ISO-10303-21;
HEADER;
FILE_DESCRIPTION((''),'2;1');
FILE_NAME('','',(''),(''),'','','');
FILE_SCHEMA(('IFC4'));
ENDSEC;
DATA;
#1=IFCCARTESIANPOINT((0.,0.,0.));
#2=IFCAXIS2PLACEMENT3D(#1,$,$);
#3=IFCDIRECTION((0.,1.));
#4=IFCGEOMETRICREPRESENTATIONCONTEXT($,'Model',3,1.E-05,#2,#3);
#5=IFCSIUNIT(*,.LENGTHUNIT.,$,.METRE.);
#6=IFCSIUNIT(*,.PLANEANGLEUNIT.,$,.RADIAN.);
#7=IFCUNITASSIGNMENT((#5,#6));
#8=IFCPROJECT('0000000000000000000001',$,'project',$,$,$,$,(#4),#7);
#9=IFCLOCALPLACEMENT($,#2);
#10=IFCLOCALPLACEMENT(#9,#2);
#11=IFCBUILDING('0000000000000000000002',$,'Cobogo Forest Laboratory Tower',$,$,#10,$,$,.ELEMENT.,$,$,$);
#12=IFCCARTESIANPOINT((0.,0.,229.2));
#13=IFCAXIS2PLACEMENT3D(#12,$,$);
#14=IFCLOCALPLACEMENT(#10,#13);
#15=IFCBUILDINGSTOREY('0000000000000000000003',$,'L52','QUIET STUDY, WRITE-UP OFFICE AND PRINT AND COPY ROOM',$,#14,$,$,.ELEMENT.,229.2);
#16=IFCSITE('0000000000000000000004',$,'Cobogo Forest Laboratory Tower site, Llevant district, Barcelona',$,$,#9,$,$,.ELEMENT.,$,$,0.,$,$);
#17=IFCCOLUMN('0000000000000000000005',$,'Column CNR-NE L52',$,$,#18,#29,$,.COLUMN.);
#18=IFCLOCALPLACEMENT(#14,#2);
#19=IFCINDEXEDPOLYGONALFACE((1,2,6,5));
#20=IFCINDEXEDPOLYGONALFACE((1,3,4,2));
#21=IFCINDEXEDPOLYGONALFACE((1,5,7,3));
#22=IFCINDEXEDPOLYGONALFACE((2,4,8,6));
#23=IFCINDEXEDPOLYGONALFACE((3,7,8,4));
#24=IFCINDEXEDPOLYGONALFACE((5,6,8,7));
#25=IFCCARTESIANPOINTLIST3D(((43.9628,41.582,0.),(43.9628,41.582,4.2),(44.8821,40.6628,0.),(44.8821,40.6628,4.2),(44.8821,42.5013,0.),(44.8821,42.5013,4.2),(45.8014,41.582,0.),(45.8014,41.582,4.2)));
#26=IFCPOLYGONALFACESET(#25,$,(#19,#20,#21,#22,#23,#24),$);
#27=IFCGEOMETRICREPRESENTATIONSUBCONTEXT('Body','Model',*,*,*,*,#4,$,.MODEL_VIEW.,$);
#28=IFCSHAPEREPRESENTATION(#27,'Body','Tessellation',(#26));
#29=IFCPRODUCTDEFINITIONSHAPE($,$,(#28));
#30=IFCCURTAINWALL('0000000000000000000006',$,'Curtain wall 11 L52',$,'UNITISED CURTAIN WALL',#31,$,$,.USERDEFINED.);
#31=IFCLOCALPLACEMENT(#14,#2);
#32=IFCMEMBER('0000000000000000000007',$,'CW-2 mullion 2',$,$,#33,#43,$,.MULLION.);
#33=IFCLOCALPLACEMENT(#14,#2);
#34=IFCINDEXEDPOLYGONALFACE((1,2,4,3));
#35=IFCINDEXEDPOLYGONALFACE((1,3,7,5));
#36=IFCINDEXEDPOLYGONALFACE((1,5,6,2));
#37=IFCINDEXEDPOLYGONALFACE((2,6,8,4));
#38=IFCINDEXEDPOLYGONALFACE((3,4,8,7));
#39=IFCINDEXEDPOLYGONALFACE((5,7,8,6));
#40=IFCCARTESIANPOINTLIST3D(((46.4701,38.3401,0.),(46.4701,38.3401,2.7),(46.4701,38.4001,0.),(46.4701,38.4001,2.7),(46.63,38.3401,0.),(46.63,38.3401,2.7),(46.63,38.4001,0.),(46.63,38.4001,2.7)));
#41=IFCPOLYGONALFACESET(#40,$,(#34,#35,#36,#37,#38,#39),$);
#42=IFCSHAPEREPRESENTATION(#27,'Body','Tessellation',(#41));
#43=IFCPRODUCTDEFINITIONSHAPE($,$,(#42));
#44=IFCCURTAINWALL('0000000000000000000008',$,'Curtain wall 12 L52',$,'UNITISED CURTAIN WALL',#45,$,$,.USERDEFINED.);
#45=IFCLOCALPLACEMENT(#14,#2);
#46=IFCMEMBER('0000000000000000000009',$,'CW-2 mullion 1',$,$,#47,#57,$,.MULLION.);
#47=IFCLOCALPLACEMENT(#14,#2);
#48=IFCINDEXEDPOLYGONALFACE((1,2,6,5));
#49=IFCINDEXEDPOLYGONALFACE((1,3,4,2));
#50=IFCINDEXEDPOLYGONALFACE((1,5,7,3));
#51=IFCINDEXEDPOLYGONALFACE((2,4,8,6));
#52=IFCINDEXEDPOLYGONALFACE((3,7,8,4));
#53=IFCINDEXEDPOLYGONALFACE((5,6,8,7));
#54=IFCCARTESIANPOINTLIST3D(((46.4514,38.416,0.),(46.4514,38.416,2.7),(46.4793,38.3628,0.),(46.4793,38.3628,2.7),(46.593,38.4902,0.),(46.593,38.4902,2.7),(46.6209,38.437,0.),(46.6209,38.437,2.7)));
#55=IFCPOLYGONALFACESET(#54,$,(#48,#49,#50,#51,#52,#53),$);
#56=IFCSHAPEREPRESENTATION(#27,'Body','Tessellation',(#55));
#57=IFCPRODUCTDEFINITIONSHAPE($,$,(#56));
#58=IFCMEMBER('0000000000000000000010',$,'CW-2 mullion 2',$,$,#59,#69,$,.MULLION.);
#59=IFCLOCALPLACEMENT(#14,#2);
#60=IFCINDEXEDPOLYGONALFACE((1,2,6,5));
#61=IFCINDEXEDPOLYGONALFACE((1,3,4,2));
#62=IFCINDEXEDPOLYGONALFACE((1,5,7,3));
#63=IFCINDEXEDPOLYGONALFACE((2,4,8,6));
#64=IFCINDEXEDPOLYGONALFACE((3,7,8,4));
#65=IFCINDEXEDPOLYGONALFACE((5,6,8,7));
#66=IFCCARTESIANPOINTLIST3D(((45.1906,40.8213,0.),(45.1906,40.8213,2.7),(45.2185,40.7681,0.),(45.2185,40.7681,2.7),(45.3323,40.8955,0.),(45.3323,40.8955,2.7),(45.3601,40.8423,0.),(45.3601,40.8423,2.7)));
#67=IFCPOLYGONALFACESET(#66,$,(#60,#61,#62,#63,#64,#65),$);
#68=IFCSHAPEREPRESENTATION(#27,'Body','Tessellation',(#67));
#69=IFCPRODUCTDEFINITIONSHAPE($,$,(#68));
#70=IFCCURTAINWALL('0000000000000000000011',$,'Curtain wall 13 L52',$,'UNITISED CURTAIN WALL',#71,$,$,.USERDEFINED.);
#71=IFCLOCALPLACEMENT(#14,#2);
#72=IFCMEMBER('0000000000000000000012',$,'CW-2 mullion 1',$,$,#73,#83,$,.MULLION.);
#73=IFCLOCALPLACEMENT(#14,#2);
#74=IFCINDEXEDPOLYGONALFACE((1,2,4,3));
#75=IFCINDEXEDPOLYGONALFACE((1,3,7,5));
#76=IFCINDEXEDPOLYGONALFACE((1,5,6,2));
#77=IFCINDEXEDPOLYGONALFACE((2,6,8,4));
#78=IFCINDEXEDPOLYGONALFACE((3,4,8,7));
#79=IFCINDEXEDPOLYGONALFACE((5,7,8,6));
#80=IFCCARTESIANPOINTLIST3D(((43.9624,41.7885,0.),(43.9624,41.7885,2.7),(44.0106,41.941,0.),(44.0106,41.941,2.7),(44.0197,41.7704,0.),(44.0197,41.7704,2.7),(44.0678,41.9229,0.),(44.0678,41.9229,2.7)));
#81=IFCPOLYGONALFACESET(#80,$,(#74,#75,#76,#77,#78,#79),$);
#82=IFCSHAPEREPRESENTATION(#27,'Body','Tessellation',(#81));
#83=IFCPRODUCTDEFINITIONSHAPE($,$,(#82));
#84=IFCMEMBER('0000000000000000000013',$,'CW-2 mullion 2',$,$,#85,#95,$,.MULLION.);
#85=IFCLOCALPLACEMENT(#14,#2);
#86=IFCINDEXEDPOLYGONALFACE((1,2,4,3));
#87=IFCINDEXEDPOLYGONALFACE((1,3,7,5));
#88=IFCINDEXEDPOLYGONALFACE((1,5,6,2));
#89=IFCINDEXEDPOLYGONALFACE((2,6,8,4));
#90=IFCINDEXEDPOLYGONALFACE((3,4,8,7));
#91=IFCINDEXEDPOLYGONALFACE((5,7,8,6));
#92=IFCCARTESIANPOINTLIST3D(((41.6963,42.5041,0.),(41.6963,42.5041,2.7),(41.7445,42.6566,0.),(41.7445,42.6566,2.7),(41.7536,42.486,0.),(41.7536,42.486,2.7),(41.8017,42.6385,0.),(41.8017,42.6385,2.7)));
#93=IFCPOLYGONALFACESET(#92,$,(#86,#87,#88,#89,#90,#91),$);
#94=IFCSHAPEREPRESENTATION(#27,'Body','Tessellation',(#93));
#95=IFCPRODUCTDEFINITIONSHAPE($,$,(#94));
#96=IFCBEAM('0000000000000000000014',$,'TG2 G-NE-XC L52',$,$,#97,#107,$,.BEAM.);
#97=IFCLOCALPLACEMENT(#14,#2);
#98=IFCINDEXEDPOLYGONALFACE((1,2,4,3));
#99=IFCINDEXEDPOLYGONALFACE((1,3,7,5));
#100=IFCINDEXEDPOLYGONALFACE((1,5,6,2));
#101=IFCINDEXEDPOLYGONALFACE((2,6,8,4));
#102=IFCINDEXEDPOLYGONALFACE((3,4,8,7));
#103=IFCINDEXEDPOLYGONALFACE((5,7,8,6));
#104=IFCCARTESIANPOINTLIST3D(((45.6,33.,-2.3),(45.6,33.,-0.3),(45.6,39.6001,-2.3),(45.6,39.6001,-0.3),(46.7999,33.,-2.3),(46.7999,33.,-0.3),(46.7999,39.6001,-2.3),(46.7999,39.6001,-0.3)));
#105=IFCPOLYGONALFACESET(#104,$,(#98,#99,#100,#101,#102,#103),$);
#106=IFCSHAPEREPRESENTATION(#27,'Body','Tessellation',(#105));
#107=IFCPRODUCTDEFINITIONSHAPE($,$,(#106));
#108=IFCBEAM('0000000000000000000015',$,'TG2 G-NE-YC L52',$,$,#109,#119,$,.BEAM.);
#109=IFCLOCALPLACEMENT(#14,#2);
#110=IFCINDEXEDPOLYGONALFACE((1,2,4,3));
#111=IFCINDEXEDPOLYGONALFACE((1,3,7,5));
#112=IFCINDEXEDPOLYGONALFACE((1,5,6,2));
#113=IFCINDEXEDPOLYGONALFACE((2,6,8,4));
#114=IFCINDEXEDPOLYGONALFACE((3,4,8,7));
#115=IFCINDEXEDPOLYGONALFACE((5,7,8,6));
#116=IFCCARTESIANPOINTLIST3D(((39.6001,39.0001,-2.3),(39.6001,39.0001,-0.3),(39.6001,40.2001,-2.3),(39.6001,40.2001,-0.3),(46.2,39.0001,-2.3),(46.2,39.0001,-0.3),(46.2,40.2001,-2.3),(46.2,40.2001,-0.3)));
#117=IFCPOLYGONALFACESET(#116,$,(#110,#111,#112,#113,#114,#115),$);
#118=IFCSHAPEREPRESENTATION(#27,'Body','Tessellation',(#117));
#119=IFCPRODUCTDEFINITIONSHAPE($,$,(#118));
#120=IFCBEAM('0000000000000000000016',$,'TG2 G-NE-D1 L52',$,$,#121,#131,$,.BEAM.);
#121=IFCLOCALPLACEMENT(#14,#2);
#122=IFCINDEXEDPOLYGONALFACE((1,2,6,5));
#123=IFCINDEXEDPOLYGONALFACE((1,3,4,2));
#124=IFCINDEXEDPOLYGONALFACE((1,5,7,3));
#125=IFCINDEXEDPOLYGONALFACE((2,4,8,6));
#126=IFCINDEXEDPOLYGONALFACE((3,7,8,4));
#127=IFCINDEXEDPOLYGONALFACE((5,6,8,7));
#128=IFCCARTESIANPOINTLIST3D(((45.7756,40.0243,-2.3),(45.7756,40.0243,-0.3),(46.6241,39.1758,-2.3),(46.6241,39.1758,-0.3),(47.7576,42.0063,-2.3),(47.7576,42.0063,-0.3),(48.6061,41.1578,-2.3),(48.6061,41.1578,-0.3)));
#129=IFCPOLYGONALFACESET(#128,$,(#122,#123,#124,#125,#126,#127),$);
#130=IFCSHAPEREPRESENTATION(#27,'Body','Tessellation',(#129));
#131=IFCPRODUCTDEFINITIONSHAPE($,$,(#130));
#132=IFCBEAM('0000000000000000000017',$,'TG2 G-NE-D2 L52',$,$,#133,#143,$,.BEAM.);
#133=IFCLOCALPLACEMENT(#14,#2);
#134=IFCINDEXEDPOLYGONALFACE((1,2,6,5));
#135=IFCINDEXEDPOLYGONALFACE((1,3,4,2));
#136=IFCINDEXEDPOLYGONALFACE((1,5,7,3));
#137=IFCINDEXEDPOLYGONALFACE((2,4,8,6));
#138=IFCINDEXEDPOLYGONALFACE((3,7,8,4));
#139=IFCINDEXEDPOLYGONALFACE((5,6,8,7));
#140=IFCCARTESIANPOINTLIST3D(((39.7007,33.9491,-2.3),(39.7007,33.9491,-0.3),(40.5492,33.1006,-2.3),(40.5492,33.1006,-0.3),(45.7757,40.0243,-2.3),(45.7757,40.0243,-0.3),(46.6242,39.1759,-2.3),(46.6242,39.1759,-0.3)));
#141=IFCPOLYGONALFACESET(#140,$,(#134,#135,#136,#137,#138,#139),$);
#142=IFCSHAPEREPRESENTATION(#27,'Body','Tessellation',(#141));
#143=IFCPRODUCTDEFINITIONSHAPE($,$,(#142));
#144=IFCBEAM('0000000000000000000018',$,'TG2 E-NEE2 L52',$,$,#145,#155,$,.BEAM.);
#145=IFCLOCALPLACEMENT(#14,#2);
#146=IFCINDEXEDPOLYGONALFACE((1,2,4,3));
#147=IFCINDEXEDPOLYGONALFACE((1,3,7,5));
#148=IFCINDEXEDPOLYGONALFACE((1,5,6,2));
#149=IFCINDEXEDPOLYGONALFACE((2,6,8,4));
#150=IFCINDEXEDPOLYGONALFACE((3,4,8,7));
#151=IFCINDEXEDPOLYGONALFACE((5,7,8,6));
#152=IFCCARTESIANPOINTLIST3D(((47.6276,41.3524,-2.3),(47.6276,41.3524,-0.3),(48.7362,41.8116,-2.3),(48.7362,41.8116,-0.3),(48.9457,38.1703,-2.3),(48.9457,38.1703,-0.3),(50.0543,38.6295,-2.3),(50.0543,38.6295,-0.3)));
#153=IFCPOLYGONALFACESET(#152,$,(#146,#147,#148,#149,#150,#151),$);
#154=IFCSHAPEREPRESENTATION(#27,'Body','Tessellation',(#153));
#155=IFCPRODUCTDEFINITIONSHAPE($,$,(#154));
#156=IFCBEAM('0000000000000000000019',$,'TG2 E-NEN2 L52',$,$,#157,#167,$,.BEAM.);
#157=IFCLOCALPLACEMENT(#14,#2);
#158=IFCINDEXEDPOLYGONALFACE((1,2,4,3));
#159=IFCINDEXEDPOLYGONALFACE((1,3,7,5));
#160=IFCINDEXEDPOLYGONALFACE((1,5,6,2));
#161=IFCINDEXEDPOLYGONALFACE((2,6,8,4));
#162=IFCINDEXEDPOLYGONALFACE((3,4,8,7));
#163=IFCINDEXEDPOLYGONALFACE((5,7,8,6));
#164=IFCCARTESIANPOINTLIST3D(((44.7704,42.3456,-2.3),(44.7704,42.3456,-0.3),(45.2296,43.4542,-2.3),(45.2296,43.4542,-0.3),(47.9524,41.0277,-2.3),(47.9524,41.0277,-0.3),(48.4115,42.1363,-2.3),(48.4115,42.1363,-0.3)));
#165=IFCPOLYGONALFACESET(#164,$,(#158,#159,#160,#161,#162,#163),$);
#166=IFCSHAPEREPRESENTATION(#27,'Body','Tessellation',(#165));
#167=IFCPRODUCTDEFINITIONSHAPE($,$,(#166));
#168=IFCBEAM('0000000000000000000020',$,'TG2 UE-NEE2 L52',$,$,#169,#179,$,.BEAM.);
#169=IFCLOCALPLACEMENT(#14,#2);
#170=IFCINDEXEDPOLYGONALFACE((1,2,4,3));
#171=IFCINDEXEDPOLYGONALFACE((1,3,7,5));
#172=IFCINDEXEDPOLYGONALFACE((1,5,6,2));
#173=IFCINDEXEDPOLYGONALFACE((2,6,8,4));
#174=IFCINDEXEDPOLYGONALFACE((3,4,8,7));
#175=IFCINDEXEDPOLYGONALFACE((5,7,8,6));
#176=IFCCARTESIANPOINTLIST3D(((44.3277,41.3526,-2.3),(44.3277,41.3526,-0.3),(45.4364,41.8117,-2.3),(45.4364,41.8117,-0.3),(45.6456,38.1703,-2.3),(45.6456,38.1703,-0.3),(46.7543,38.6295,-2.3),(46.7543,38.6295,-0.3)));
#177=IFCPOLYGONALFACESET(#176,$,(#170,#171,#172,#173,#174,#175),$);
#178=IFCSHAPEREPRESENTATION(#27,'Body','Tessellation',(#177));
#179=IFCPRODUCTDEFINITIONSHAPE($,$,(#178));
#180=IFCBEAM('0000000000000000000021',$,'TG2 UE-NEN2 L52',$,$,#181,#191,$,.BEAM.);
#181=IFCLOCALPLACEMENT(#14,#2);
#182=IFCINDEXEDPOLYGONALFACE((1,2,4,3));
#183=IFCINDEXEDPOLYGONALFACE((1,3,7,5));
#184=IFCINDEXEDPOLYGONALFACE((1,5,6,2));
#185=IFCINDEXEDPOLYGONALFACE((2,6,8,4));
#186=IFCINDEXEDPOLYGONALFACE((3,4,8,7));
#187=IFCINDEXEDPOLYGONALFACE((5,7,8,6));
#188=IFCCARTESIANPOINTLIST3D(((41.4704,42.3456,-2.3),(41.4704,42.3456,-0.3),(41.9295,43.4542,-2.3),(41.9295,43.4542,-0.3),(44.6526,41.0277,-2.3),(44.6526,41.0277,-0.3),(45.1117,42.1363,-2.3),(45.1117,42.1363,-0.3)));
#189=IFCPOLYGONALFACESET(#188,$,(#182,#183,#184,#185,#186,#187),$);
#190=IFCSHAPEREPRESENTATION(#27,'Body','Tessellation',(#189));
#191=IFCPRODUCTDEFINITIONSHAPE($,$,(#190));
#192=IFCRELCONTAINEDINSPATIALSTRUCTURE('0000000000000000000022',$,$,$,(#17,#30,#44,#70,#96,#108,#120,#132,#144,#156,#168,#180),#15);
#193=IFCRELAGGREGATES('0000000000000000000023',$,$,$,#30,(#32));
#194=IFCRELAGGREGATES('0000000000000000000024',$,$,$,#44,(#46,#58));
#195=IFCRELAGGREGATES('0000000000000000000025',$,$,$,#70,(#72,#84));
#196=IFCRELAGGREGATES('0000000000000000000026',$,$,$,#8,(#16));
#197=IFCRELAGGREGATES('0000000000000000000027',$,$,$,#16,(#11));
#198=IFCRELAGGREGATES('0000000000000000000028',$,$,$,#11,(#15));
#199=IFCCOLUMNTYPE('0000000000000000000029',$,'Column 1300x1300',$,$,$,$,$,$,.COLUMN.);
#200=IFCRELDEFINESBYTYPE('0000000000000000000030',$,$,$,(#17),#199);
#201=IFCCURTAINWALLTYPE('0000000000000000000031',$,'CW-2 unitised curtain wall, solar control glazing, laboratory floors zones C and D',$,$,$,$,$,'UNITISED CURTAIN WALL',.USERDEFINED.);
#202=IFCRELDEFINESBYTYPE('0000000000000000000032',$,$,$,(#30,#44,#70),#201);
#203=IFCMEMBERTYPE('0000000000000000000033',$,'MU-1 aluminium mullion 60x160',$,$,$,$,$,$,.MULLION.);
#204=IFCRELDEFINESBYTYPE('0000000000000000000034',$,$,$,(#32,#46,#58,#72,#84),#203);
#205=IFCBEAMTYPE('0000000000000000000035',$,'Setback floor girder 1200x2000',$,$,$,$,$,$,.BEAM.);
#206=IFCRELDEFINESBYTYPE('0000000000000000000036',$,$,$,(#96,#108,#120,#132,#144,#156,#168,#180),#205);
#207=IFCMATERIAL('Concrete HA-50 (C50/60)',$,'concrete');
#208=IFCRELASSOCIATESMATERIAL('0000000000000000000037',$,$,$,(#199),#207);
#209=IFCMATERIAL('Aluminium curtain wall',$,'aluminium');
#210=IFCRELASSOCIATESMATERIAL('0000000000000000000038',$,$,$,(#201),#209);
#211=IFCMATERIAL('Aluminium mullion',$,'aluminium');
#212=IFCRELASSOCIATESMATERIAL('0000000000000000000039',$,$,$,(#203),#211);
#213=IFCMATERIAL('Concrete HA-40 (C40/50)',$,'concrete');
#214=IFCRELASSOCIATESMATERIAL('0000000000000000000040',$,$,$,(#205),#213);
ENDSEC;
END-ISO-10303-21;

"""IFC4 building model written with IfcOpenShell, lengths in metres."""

from ifc_helpers import new_model, si_unit, direction, frame, origin, origin_2d, place, context, subcontext, project, spatial, rectangle, extrude, material, material_profile, profile_set, type_object, element, aggregate, save


model = new_model("IFC4")

# Units and contexts
model_context = context("Model", 3, precision=1e-05, world=origin(), true_north=direction((0.0, 1.0)))
body_context = subcontext(model_context, "Body", "Model", "MODEL_VIEW")
ifc_project = project(units=[si_unit("LENGTHUNIT", "METRE"), si_unit("PLANEANGLEUNIT", "RADIAN")], contexts=[model_context])

# Site, building, storey
site_placement = place(None, origin())
site = spatial("IfcSite", under=ifc_project, at=site_placement, Name="Cobogo Forest Laboratory Tower site, Llevant district, Barcelona", CompositionType="ELEMENT", RefElevation=0.0)
building_placement = place(site_placement, origin())
building = spatial("IfcBuilding", under=site, at=building_placement, Name="Cobogo Forest Laboratory Tower", CompositionType="ELEMENT")
storey_placement = place(building_placement, frame((0.0, 0.0, 229.2)))
storey = spatial("IfcBuildingStorey", under=building, at=storey_placement, Name="L52", Description="QUIET STUDY, WRITE-UP OFFICE AND PRINT AND COPY ROOM", CompositionType="ELEMENT", Elevation=229.2)

# Column
ifc_material_1 = material(Name="Concrete HA-50 (C50/60)", Category="concrete")
ifc_material_profile_1 = material_profile(ifc_material_1, rectangle(XDim=1.3, YDim=1.3, at=origin_2d()), Name="RC 1300x1300")
ifc_profile_set_1 = profile_set([ifc_material_profile_1], Name="Concrete HA-50 (C50/60)")
column_type = type_object("IfcColumnType", Name="Column 1300x1300", PredefinedType="COLUMN", material=ifc_profile_set_1)
column_placement = place(storey_placement, frame((44.8821, 41.582, 0.0), z_axis=(0.0, 0.0, 1.0), x_axis=(0.707107, 0.707107, 0.0)))
element("IfcColumn", 1, at=column_placement, inside=storey, type_object=column_type, Name="Column CNR-NE L52", PredefinedType="COLUMN", context=body_context, shape_type="SweptSolid", body=[
    extrude(rectangle(XDim=1.3, YDim=1.3, at=origin_2d()), origin(), (0.0, 0.0, 1.0), 4.2),
])

# Curtain wall, member
ifc_material_2 = material(Name="Aluminium curtain wall", Category="aluminium")
curtain_wall_type = type_object("IfcCurtainWallType", Name="CW-2 unitised curtain wall, solar control glazing, laboratory floors zones C and D", ElementType="UNITISED CURTAIN WALL", PredefinedType="USERDEFINED", material=ifc_material_2)
curtain_wall_1_placement = place(storey_placement, origin())
curtain_wall_1 = element("IfcCurtainWall", 2, at=curtain_wall_1_placement, inside=storey, type_object=curtain_wall_type, Name="Curtain wall 11 L52", ObjectType="UNITISED CURTAIN WALL", PredefinedType="USERDEFINED")
ifc_material_3 = material(Name="Aluminium mullion", Category="aluminium")
ifc_material_profile_2 = material_profile(ifc_material_3, rectangle(XDim=0.0601, YDim=0.1599, at=origin_2d()), Name="AL 60x160")
ifc_profile_set_2 = profile_set([ifc_material_profile_2], Name="Aluminium mullion")
member_type_1 = type_object("IfcMemberType", Name="MU-1 aluminium mullion 60x160", PredefinedType="MULLION", material=ifc_profile_set_2)
member_1_placement = place(storey_placement, frame((46.55, 38.3701, 0.0), z_axis=(0.0, 0.0, 1.0), x_axis=(0.0, 1.0, 0.0)))
member_1 = element("IfcMember", 3, at=member_1_placement, type_object=member_type_1, Name="CW-2 mullion 2", PredefinedType="MULLION", context=body_context, shape_type="SweptSolid", body=[
    extrude(rectangle(XDim=0.0601, YDim=0.1599, at=origin_2d()), origin(), (0.0, 0.0, 1.0), 2.7),
])

# Curtain walls, members
curtain_wall_2_placement = place(storey_placement, origin())
curtain_wall_2 = element("IfcCurtainWall", 4, at=curtain_wall_2_placement, inside=storey, type_object=curtain_wall_type, Name="Curtain wall 12 L52", ObjectType="UNITISED CURTAIN WALL", PredefinedType="USERDEFINED")
member_2_placement = place(storey_placement, frame((46.5361, 38.4265, 0.0), z_axis=(0.0, 0.0, 1.0), x_axis=(-0.464284, 0.885687, 0.0)))
member_2 = element("IfcMember", 5, at=member_2_placement, type_object=member_type_1, Name="CW-2 mullion 1", PredefinedType="MULLION", context=body_context, shape_type="SweptSolid", body=[
    extrude(rectangle(XDim=0.0601, YDim=0.1599, at=origin_2d()), origin(), (0.0, 0.0, 1.0), 2.7),
])
member_3_placement = place(storey_placement, frame((45.2754, 40.8318, 0.0), z_axis=(0.0, 0.0, 1.0), x_axis=(-0.464284, 0.885687, 0.0)))
member_3 = element("IfcMember", 6, at=member_3_placement, type_object=member_type_1, Name="CW-2 mullion 2", PredefinedType="MULLION", context=body_context, shape_type="SweptSolid", body=[
    extrude(rectangle(XDim=0.0601, YDim=0.1599, at=origin_2d()), origin(), (0.0, 0.0, 1.0), 2.7),
])
curtain_wall_3_placement = place(storey_placement, origin())
curtain_wall_3 = element("IfcCurtainWall", 7, at=curtain_wall_3_placement, inside=storey, type_object=curtain_wall_type, Name="Curtain wall 13 L52", ObjectType="UNITISED CURTAIN WALL", PredefinedType="USERDEFINED")
member_4_placement = place(storey_placement, frame((44.0151, 41.8557, 0.0), z_axis=(0.0, 0.0, 1.0), x_axis=(-0.953581, 0.301136, 0.0)))
member_4 = element("IfcMember", 8, at=member_4_placement, type_object=member_type_1, Name="CW-2 mullion 1", PredefinedType="MULLION", context=body_context, shape_type="SweptSolid", body=[
    extrude(rectangle(XDim=0.0601, YDim=0.1599, at=origin_2d()), origin(), (0.0, 0.0, 1.0), 2.7),
])
member_5_placement = place(storey_placement, frame((41.749, 42.5713, 0.0), z_axis=(0.0, 0.0, 1.0), x_axis=(-0.953581, 0.301136, 0.0)))
member_5 = element("IfcMember", 9, at=member_5_placement, type_object=member_type_1, Name="CW-2 mullion 2", PredefinedType="MULLION", context=body_context, shape_type="SweptSolid", body=[
    extrude(rectangle(XDim=0.0601, YDim=0.1599, at=origin_2d()), origin(), (0.0, 0.0, 1.0), 2.7),
])

# Beams
ifc_material_4 = material(Name="Concrete HA-40 (C40/50)", Category="concrete")
ifc_material_profile_3 = material_profile(ifc_material_4, rectangle(XDim=1.2, YDim=2.0, at=origin_2d()), Name="RC 1200x2000")
ifc_profile_set_3 = profile_set([ifc_material_profile_3], Name="Concrete HA-40 (C40/50)")
beam_type = type_object("IfcBeamType", Name="Setback floor girder 1200x2000", PredefinedType="BEAM", material=ifc_profile_set_3)
beam_1_placement = place(storey_placement, frame((46.2, 39.6001, -1.3), z_axis=(0.0, -1.0, 0.0), x_axis=(1.0, 0.0, 0.0)))
element("IfcBeam", 10, at=beam_1_placement, inside=storey, type_object=beam_type, Name="TG2 G-NE-XC L52", PredefinedType="BEAM", context=body_context, shape_type="SweptSolid", body=[
    extrude(rectangle(XDim=1.2, YDim=2.0, at=origin_2d()), origin(), (0.0, 0.0, 1.0), 6.6001),
])
beam_2_placement = place(storey_placement, frame((46.2, 39.6001, -1.3), z_axis=(-1.0, 0.0, 0.0), x_axis=(0.0, -1.0, 0.0)))
element("IfcBeam", 11, at=beam_2_placement, inside=storey, type_object=beam_type, Name="TG2 G-NE-YC L52", PredefinedType="BEAM", context=body_context, shape_type="SweptSolid", body=[
    extrude(rectangle(XDim=1.2, YDim=2.0, at=origin_2d()), origin(), (0.0, 0.0, 1.0), 6.5999),
])
beam_3_placement = place(storey_placement, frame((48.1819, 41.582, -1.3), z_axis=(-0.707107, -0.707107, 0.0), x_axis=(0.707107, -0.707107, 0.0)))
element("IfcBeam", 12, at=beam_3_placement, inside=storey, type_object=beam_type, Name="TG2 G-NE-D1 L52", PredefinedType="BEAM", context=body_context, shape_type="SweptSolid", body=[
    extrude(rectangle(XDim=1.2, YDim=2.0, at=origin_2d()), origin(), (0.0, 0.0, 1.0), 2.803),
])
beam_4_placement = place(storey_placement, frame((46.2, 39.6001, -1.3), z_axis=(-0.707093, -0.707121, 0.0), x_axis=(0.707121, -0.707093, 0.0)))
element("IfcBeam", 13, at=beam_4_placement, inside=storey, type_object=beam_type, Name="TG2 G-NE-D2 L52", PredefinedType="BEAM", context=body_context, shape_type="SweptSolid", body=[
    extrude(rectangle(XDim=1.2, YDim=2.0, at=origin_2d()), origin(), (0.0, 0.0, 1.0), 8.5916),
])
beam_5_placement = place(storey_placement, frame((49.5, 38.3999, -1.3), z_axis=(-0.382692, 0.923876, 0.0), x_axis=(-0.923876, -0.382692, 0.0)))
element("IfcBeam", 14, at=beam_5_placement, inside=storey, type_object=beam_type, Name="TG2 E-NEE2 L52", PredefinedType="BEAM", context=body_context, shape_type="SweptSolid", body=[
    extrude(rectangle(XDim=1.2, YDim=2.0, at=origin_2d()), origin(), (0.0, 0.0, 1.0), 3.4443),
])
beam_6_placement = place(storey_placement, frame((45.0, 42.8999, -1.3), z_axis=(0.923891, -0.382656, 0.0), x_axis=(0.382656, 0.923891, 0.0)))
element("IfcBeam", 15, at=beam_6_placement, inside=storey, type_object=beam_type, Name="TG2 E-NEN2 L52", PredefinedType="BEAM", context=body_context, shape_type="SweptSolid", body=[
    extrude(rectangle(XDim=1.2, YDim=2.0, at=origin_2d()), origin(), (0.0, 0.0, 1.0), 3.4441),
])
for number, where, z_axis, x_axis, name in (
    (16, (46.2, 38.3999, -1.3), (-0.382631, 0.923901, 0.0), (-0.923901, -0.382631, 0.0), "TG2 UE-NEE2 L52"),
    (17, (41.7, 42.8999, -1.3), (0.923901, -0.382631, 0.0), (0.382631, 0.923901, 0.0), "TG2 UE-NEN2 L52"),
):
    element("IfcBeam", number, at=place(storey_placement, frame(where, z_axis=z_axis, x_axis=x_axis)), inside=storey, type_object=beam_type, Name=name, PredefinedType="BEAM", context=body_context, shape_type="SweptSolid", body=[
        extrude(rectangle(XDim=1.2, YDim=2.0, at=origin_2d()), origin(), (0.0, 0.0, 1.0), 3.4443),
    ])

aggregate(curtain_wall_1, [member_1])
aggregate(curtain_wall_2, [member_2, member_3])
aggregate(curtain_wall_3, [member_4, member_5])

save(model, "model.ifc")
